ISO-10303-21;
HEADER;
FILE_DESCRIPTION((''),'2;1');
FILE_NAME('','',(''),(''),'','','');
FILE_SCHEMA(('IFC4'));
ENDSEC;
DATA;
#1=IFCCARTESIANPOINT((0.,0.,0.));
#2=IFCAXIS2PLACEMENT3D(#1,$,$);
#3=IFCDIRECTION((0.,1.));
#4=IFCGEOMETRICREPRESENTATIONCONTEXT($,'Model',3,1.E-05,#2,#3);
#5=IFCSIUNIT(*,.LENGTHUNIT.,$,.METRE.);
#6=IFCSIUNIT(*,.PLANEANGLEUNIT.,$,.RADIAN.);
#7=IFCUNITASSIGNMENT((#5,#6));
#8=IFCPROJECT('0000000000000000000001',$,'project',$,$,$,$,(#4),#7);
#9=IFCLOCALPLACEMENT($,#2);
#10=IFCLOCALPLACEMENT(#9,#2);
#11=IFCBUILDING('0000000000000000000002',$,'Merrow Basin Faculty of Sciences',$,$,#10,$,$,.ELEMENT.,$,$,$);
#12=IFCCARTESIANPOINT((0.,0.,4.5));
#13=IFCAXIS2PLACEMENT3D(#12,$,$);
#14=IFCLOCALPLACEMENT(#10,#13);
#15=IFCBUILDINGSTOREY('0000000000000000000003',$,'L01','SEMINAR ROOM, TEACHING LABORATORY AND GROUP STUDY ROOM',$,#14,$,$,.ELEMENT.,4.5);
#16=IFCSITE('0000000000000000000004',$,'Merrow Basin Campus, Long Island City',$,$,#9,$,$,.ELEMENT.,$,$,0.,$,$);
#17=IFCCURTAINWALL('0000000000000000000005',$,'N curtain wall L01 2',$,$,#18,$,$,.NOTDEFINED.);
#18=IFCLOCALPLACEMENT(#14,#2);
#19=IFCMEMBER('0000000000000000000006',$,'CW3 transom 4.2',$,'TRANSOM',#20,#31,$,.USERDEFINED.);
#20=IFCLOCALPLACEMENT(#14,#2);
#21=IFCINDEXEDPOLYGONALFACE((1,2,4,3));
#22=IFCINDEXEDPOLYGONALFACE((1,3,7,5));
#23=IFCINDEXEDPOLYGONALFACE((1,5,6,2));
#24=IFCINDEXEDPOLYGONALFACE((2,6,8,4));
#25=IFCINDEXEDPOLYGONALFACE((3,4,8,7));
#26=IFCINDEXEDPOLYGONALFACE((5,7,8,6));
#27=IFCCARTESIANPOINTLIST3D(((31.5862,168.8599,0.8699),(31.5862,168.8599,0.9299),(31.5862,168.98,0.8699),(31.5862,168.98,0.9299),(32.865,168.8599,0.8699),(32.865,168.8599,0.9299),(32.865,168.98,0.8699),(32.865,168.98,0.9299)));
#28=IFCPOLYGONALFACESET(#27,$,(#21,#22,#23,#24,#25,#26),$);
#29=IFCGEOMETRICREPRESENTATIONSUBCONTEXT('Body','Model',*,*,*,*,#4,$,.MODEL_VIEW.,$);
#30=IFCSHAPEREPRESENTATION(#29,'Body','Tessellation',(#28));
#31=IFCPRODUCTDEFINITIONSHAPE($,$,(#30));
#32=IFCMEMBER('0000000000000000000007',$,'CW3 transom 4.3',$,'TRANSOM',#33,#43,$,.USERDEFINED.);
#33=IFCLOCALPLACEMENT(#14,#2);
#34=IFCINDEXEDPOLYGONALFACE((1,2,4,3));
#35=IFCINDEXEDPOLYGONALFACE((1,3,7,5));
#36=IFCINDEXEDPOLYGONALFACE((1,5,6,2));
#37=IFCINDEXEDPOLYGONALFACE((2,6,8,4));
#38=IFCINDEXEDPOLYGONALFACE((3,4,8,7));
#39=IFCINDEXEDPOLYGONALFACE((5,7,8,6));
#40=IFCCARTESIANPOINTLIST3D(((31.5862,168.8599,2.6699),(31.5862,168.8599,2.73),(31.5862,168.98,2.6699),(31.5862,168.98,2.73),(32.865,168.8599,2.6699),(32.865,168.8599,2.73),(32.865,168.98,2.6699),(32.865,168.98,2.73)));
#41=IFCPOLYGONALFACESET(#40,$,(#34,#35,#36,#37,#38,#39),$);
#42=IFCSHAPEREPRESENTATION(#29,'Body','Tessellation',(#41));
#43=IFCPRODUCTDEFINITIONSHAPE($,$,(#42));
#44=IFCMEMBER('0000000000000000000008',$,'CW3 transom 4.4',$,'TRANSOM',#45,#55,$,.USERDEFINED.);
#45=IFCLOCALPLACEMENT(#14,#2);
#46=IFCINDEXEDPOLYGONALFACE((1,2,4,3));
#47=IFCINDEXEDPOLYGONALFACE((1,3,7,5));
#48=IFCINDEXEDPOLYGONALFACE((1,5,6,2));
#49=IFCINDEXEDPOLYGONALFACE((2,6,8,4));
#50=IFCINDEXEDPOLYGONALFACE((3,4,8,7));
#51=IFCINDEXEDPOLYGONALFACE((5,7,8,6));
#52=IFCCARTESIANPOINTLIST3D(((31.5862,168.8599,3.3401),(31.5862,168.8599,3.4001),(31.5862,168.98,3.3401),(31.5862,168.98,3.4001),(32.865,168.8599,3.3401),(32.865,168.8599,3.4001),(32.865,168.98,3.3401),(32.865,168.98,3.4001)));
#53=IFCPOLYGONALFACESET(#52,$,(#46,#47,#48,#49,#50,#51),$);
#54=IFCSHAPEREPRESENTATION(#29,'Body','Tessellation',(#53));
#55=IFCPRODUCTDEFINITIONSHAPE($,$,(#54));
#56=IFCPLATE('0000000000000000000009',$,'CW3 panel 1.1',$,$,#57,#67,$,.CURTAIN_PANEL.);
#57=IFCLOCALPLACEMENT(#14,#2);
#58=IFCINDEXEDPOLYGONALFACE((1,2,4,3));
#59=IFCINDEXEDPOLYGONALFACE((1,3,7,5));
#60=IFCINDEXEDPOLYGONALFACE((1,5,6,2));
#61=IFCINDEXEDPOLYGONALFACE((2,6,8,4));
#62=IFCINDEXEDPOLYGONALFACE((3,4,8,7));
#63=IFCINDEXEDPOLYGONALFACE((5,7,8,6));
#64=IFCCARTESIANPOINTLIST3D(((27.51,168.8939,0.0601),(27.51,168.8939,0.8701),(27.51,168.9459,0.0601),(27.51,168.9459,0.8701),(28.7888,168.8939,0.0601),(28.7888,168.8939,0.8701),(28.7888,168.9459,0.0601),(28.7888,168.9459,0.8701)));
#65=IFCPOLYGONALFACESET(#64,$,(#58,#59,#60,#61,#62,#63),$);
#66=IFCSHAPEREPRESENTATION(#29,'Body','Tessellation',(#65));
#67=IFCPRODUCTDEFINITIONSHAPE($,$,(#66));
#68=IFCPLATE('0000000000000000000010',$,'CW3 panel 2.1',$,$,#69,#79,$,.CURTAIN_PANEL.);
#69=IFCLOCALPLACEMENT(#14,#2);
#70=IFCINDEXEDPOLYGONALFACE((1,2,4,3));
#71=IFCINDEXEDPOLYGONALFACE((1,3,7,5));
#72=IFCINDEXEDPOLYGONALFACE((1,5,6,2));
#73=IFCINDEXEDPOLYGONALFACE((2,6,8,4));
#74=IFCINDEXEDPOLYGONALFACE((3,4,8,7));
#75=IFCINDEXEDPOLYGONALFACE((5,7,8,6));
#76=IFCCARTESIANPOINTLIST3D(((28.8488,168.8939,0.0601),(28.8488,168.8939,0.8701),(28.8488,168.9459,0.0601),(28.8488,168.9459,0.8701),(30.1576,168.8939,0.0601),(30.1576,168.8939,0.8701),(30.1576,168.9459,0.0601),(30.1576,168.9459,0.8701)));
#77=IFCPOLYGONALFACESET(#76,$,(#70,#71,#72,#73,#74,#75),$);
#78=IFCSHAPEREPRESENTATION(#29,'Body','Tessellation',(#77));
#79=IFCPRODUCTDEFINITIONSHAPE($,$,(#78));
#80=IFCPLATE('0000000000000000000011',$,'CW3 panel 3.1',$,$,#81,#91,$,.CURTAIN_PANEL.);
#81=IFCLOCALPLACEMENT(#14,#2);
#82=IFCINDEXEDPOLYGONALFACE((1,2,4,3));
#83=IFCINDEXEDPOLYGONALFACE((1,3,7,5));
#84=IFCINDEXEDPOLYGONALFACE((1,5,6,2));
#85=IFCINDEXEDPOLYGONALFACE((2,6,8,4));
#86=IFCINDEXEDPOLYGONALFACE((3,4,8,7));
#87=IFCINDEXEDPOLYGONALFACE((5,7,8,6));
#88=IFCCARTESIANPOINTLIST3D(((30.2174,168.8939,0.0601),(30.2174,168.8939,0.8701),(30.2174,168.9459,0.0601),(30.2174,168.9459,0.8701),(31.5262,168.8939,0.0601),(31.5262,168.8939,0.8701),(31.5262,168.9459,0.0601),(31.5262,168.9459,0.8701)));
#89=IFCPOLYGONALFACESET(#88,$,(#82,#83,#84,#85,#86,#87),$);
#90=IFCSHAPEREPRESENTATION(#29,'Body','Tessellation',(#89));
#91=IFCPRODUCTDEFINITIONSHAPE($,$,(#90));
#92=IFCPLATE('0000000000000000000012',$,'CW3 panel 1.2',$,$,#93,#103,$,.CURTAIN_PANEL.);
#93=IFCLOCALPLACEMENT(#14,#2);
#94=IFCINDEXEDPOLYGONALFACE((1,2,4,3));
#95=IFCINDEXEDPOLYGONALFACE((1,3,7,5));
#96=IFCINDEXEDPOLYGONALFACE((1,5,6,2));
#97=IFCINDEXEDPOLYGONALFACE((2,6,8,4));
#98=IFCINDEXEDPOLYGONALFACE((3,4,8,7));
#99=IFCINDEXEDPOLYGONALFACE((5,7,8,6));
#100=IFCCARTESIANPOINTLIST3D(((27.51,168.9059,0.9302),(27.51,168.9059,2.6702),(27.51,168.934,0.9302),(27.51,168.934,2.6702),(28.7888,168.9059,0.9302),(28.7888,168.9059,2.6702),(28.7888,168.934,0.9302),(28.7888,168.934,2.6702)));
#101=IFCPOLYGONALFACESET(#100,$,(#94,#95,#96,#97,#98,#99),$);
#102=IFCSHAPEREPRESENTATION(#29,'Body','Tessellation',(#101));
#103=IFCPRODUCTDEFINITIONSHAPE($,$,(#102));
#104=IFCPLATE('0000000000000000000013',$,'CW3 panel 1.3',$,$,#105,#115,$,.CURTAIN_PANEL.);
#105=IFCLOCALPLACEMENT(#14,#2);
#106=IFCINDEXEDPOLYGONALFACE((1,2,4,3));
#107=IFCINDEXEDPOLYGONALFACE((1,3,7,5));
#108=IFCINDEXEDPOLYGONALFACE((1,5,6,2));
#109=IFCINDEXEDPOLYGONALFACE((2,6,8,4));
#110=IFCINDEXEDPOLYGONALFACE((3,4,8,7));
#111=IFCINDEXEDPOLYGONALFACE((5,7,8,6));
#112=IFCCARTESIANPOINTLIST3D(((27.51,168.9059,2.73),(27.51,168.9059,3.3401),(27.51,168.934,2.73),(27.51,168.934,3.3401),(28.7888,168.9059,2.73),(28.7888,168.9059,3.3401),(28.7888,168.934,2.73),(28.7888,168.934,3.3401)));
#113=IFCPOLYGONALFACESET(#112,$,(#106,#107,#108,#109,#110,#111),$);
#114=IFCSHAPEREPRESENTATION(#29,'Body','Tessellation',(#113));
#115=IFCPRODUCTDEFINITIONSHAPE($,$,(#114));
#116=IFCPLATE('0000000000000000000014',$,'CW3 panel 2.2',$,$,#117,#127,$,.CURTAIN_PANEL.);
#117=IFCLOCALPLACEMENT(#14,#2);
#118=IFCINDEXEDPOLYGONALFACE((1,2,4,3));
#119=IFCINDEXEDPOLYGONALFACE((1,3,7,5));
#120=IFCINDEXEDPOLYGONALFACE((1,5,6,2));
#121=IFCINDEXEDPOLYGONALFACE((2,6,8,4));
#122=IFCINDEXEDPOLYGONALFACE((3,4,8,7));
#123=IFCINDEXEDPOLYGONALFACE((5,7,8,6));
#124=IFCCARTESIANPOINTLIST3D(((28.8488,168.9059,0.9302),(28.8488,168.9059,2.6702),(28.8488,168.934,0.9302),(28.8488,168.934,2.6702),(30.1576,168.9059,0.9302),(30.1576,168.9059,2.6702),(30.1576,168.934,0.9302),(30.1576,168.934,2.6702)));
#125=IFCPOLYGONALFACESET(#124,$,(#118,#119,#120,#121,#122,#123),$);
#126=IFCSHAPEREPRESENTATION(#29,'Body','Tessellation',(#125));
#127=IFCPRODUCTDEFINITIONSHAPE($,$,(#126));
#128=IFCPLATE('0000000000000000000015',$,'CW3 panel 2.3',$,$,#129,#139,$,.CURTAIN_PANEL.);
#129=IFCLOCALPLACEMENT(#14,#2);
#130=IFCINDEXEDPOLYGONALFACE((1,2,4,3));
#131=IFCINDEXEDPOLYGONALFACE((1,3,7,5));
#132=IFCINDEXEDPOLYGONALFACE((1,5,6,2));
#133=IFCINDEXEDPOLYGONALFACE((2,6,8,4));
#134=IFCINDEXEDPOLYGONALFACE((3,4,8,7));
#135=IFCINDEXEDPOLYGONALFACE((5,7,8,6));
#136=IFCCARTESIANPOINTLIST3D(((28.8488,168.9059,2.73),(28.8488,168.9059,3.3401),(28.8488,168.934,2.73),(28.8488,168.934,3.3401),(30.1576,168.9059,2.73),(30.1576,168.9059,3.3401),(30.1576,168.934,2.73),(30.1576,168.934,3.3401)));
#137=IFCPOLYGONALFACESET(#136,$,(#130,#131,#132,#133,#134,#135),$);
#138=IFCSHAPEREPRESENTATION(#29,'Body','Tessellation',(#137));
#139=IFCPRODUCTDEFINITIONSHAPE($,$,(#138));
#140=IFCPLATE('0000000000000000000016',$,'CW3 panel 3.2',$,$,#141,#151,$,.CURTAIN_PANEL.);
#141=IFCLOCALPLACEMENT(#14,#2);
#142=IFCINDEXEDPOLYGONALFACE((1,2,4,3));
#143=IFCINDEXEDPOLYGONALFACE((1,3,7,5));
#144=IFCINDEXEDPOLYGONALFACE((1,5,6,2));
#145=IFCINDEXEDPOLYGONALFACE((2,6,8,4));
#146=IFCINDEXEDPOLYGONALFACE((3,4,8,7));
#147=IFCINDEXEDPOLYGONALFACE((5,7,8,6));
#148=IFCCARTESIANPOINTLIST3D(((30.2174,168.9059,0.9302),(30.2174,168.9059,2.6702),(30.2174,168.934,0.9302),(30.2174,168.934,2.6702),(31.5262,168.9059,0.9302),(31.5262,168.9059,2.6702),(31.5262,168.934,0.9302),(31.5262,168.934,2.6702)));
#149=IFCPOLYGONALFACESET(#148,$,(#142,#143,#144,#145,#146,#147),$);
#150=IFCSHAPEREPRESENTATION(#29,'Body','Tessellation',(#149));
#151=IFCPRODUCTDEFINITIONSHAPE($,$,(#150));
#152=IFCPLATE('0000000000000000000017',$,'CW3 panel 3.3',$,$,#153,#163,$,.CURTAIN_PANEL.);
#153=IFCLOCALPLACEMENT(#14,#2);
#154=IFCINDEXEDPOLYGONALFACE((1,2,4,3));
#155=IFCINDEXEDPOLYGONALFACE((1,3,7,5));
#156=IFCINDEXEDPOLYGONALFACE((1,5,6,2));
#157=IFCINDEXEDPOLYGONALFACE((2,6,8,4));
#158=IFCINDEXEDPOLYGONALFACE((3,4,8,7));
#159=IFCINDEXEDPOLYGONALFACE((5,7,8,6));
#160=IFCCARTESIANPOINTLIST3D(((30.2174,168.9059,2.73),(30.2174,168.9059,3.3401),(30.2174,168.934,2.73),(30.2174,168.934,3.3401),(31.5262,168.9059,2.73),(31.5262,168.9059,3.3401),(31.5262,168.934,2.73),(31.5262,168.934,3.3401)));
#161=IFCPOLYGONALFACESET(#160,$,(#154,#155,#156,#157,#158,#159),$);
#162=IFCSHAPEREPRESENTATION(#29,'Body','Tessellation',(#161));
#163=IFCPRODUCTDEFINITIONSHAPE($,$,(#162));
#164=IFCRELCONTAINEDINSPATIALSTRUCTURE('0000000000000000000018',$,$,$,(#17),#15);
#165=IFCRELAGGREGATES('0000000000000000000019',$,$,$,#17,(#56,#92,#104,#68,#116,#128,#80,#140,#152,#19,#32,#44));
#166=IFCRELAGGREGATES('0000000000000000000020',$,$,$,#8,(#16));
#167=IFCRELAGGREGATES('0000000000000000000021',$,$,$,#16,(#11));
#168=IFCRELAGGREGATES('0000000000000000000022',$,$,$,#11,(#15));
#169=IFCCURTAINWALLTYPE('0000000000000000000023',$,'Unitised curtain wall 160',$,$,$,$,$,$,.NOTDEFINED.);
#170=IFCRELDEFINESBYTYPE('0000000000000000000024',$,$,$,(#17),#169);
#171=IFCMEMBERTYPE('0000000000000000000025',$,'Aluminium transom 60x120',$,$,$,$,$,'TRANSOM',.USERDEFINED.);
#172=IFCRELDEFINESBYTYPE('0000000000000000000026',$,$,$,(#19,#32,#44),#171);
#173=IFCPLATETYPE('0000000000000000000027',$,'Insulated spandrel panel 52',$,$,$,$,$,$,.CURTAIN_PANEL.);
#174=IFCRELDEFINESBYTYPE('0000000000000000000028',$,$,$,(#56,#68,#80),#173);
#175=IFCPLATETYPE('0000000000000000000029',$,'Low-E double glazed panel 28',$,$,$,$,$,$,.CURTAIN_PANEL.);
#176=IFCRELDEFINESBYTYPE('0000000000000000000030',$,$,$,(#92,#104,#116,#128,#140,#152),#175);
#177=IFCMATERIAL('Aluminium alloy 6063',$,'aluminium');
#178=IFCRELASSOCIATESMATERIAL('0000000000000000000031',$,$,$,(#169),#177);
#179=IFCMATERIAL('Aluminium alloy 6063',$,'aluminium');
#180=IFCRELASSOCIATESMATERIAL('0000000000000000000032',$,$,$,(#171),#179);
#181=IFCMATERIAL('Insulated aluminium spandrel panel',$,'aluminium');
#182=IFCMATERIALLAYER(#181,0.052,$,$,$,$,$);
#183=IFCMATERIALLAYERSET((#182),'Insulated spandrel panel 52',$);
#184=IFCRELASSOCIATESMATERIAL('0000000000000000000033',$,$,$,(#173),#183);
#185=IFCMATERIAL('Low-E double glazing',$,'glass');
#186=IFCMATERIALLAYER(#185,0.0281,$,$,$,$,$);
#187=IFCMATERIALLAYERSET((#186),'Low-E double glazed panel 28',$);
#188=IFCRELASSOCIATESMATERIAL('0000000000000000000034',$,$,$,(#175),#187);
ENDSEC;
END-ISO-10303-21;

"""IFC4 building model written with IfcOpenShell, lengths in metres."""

from ifc_helpers import new_model, si_unit, direction, frame, origin, origin_2d, place, context, subcontext, project, spatial, rectangle, extrude, material, layer, layer_set, material_profile, profile_set, type_object, element, aggregate, save


model = new_model("IFC4")

# Units and contexts
model_context = context("Model", 3, precision=1e-05, world=origin(), true_north=direction((0.0, 1.0)))
body_context = subcontext(model_context, "Body", "Model", "MODEL_VIEW")
ifc_project = project(units=[si_unit("LENGTHUNIT", "METRE"), si_unit("PLANEANGLEUNIT", "RADIAN")], contexts=[model_context])

# Site, building, storey
site_placement = place(None, origin())
site = spatial("IfcSite", under=ifc_project, at=site_placement, Name="Merrow Basin Campus, Long Island City", CompositionType="ELEMENT", RefElevation=0.0)
building_placement = place(site_placement, origin())
building = spatial("IfcBuilding", under=site, at=building_placement, Name="Merrow Basin Faculty of Sciences", CompositionType="ELEMENT")
storey_placement = place(building_placement, frame((0.0, 0.0, 4.5)))
storey = spatial("IfcBuildingStorey", under=building, at=storey_placement, Name="L01", Description="SEMINAR ROOM, TEACHING LABORATORY AND GROUP STUDY ROOM", CompositionType="ELEMENT", Elevation=4.5)

# Curtain wall, members, plates
ifc_material_1 = material(Name="Aluminium alloy 6063", Category="aluminium")
curtain_wall_type = type_object("IfcCurtainWallType", Name="Unitised curtain wall 160", PredefinedType="NOTDEFINED", material=ifc_material_1)
curtain_wall_placement = place(storey_placement, origin())
curtain_wall = element("IfcCurtainWall", 1, at=curtain_wall_placement, inside=storey, type_object=curtain_wall_type, Name="N curtain wall L01 2", PredefinedType="NOTDEFINED")
ifc_material_2 = material(Name="Aluminium alloy 6063", Category="aluminium")
ifc_material_profile_1 = material_profile(ifc_material_2, rectangle(XDim=0.1201, YDim=0.0601, at=origin_2d()))
ifc_profile_set_1 = profile_set([ifc_material_profile_1], Name="Aluminium alloy 6063")
member_type_1 = type_object("IfcMemberType", Name="Aluminium transom 60x120", ElementType="TRANSOM", PredefinedType="USERDEFINED", material=ifc_profile_set_1)
member_1_placement = place(storey_placement, frame((31.5862, 168.9199, 0.8999), z_axis=(1.0, 0.0, 0.0), x_axis=(0.0, 1.0, 0.0)))
member_1 = element("IfcMember", 2, at=member_1_placement, type_object=member_type_1, Name="CW3 transom 4.2", ObjectType="TRANSOM", PredefinedType="USERDEFINED", context=body_context, shape_type="SweptSolid", body=[
    extrude(rectangle(XDim=0.1201, YDim=0.0601, at=origin_2d()), origin(), (0.0, 0.0, 1.0), 1.2788),
])
member_2_placement = place(storey_placement, frame((31.5862, 168.9199, 2.7), z_axis=(1.0, 0.0, 0.0), x_axis=(0.0, 1.0, 0.0)))
member_2 = element("IfcMember", 3, at=member_2_placement, type_object=member_type_1, Name="CW3 transom 4.3", ObjectType="TRANSOM", PredefinedType="USERDEFINED", context=body_context, shape_type="SweptSolid", body=[
    extrude(rectangle(XDim=0.1201, YDim=0.0601, at=origin_2d()), origin(), (0.0, 0.0, 1.0), 1.2788),
])
member_3_placement = place(storey_placement, frame((31.5862, 168.9199, 3.3701), z_axis=(1.0, 0.0, 0.0), x_axis=(0.0, 1.0, 0.0)))
member_3 = element("IfcMember", 4, at=member_3_placement, type_object=member_type_1, Name="CW3 transom 4.4", ObjectType="TRANSOM", PredefinedType="USERDEFINED", context=body_context, shape_type="SweptSolid", body=[
    extrude(rectangle(XDim=0.1201, YDim=0.0601, at=origin_2d()), origin(), (0.0, 0.0, 1.0), 1.2788),
])
ifc_material_3 = material(Name="Insulated aluminium spandrel panel", Category="aluminium")
ifc_layer_1 = layer(ifc_material_3, 0.052)
ifc_layer_set_1 = layer_set([ifc_layer_1], Name="Insulated spandrel panel 52")
plate_type_1 = type_object("IfcPlateType", Name="Insulated spandrel panel 52", PredefinedType="CURTAIN_PANEL", material=ifc_layer_set_1)
plate_1_placement = place(storey_placement, frame((28.1494, 168.9199, 0.0601), z_axis=(0.0, 0.0, 1.0), x_axis=(1.0, 0.0, 0.0)))
plate_1 = element("IfcPlate", 5, at=plate_1_placement, type_object=plate_type_1, Name="CW3 panel 1.1", PredefinedType="CURTAIN_PANEL", context=body_context, shape_type="SweptSolid", body=[
    extrude(rectangle(XDim=1.2788, YDim=0.052, at=origin_2d()), origin(), (0.0, 0.0, 1.0), 0.8101),
])
plate_2_placement = place(storey_placement, frame((29.5032, 168.9199, 0.0601), z_axis=(0.0, 0.0, 1.0), x_axis=(1.0, 0.0, 0.0)))
plate_2 = element("IfcPlate", 6, at=plate_2_placement, type_object=plate_type_1, Name="CW3 panel 2.1", PredefinedType="CURTAIN_PANEL", context=body_context, shape_type="SweptSolid", body=[
    extrude(rectangle(XDim=1.3088, YDim=0.052, at=origin_2d()), origin(), (0.0, 0.0, 1.0), 0.8101),
])
plate_3_placement = place(storey_placement, frame((30.8718, 168.9199, 0.0601), z_axis=(0.0, 0.0, 1.0), x_axis=(1.0, 0.0, 0.0)))
plate_3 = element("IfcPlate", 7, at=plate_3_placement, type_object=plate_type_1, Name="CW3 panel 3.1", PredefinedType="CURTAIN_PANEL", context=body_context, shape_type="SweptSolid", body=[
    extrude(rectangle(XDim=1.3088, YDim=0.052, at=origin_2d()), origin(), (0.0, 0.0, 1.0), 0.8101),
])
ifc_material_4 = material(Name="Low-E double glazing", Category="glass")
ifc_layer_2 = layer(ifc_material_4, 0.0281)
ifc_layer_set_2 = layer_set([ifc_layer_2], Name="Low-E double glazed panel 28")
plate_type_2 = type_object("IfcPlateType", Name="Low-E double glazed panel 28", PredefinedType="CURTAIN_PANEL", material=ifc_layer_set_2)
plate_4_placement = place(storey_placement, frame((28.1494, 168.9199, 0.9302), z_axis=(0.0, 0.0, 1.0), x_axis=(1.0, 0.0, 0.0)))
plate_4 = element("IfcPlate", 8, at=plate_4_placement, type_object=plate_type_2, Name="CW3 panel 1.2", PredefinedType="CURTAIN_PANEL", context=body_context, shape_type="SweptSolid", body=[
    extrude(rectangle(XDim=1.2788, YDim=0.0281, at=origin_2d()), origin(), (0.0, 0.0, 1.0), 1.74),
])
plate_5_placement = place(storey_placement, frame((28.1494, 168.9199, 2.73), z_axis=(0.0, 0.0, 1.0), x_axis=(1.0, 0.0, 0.0)))
plate_5 = element("IfcPlate", 9, at=plate_5_placement, type_object=plate_type_2, Name="CW3 panel 1.3", PredefinedType="CURTAIN_PANEL", context=body_context, shape_type="SweptSolid", body=[
    extrude(rectangle(XDim=1.2788, YDim=0.0281, at=origin_2d()), origin(), (0.0, 0.0, 1.0), 0.6101),
])
plate_6_placement = place(storey_placement, frame((29.5032, 168.9199, 0.9302), z_axis=(0.0, 0.0, 1.0), x_axis=(1.0, 0.0, 0.0)))
plate_6 = element("IfcPlate", 10, at=plate_6_placement, type_object=plate_type_2, Name="CW3 panel 2.2", PredefinedType="CURTAIN_PANEL", context=body_context, shape_type="SweptSolid", body=[
    extrude(rectangle(XDim=1.3088, YDim=0.0281, at=origin_2d()), origin(), (0.0, 0.0, 1.0), 1.74),
])
plate_7_placement = place(storey_placement, frame((29.5032, 168.9199, 2.73), z_axis=(0.0, 0.0, 1.0), x_axis=(1.0, 0.0, 0.0)))
plate_7 = element("IfcPlate", 11, at=plate_7_placement, type_object=plate_type_2, Name="CW3 panel 2.3", PredefinedType="CURTAIN_PANEL", context=body_context, shape_type="SweptSolid", body=[
    extrude(rectangle(XDim=1.3088, YDim=0.0281, at=origin_2d()), origin(), (0.0, 0.0, 1.0), 0.6101),
])
plate_8_placement = place(storey_placement, frame((30.8718, 168.9199, 0.9302), z_axis=(0.0, 0.0, 1.0), x_axis=(1.0, 0.0, 0.0)))
plate_8 = element("IfcPlate", 12, at=plate_8_placement, type_object=plate_type_2, Name="CW3 panel 3.2", PredefinedType="CURTAIN_PANEL", context=body_context, shape_type="SweptSolid", body=[
    extrude(rectangle(XDim=1.3088, YDim=0.0281, at=origin_2d()), origin(), (0.0, 0.0, 1.0), 1.74),
])
plate_9_placement = place(storey_placement, frame((30.8718, 168.9199, 2.73), z_axis=(0.0, 0.0, 1.0), x_axis=(1.0, 0.0, 0.0)))
plate_9 = element("IfcPlate", 13, at=plate_9_placement, type_object=plate_type_2, Name="CW3 panel 3.3", PredefinedType="CURTAIN_PANEL", context=body_context, shape_type="SweptSolid", body=[
    extrude(rectangle(XDim=1.3088, YDim=0.0281, at=origin_2d()), origin(), (0.0, 0.0, 1.0), 0.6101),
])
aggregate(curtain_wall, [plate_1, plate_4, plate_5, plate_2, plate_6, plate_7, plate_3, plate_8, plate_9, member_1, member_2, member_3])

save(model, "model.ifc")
